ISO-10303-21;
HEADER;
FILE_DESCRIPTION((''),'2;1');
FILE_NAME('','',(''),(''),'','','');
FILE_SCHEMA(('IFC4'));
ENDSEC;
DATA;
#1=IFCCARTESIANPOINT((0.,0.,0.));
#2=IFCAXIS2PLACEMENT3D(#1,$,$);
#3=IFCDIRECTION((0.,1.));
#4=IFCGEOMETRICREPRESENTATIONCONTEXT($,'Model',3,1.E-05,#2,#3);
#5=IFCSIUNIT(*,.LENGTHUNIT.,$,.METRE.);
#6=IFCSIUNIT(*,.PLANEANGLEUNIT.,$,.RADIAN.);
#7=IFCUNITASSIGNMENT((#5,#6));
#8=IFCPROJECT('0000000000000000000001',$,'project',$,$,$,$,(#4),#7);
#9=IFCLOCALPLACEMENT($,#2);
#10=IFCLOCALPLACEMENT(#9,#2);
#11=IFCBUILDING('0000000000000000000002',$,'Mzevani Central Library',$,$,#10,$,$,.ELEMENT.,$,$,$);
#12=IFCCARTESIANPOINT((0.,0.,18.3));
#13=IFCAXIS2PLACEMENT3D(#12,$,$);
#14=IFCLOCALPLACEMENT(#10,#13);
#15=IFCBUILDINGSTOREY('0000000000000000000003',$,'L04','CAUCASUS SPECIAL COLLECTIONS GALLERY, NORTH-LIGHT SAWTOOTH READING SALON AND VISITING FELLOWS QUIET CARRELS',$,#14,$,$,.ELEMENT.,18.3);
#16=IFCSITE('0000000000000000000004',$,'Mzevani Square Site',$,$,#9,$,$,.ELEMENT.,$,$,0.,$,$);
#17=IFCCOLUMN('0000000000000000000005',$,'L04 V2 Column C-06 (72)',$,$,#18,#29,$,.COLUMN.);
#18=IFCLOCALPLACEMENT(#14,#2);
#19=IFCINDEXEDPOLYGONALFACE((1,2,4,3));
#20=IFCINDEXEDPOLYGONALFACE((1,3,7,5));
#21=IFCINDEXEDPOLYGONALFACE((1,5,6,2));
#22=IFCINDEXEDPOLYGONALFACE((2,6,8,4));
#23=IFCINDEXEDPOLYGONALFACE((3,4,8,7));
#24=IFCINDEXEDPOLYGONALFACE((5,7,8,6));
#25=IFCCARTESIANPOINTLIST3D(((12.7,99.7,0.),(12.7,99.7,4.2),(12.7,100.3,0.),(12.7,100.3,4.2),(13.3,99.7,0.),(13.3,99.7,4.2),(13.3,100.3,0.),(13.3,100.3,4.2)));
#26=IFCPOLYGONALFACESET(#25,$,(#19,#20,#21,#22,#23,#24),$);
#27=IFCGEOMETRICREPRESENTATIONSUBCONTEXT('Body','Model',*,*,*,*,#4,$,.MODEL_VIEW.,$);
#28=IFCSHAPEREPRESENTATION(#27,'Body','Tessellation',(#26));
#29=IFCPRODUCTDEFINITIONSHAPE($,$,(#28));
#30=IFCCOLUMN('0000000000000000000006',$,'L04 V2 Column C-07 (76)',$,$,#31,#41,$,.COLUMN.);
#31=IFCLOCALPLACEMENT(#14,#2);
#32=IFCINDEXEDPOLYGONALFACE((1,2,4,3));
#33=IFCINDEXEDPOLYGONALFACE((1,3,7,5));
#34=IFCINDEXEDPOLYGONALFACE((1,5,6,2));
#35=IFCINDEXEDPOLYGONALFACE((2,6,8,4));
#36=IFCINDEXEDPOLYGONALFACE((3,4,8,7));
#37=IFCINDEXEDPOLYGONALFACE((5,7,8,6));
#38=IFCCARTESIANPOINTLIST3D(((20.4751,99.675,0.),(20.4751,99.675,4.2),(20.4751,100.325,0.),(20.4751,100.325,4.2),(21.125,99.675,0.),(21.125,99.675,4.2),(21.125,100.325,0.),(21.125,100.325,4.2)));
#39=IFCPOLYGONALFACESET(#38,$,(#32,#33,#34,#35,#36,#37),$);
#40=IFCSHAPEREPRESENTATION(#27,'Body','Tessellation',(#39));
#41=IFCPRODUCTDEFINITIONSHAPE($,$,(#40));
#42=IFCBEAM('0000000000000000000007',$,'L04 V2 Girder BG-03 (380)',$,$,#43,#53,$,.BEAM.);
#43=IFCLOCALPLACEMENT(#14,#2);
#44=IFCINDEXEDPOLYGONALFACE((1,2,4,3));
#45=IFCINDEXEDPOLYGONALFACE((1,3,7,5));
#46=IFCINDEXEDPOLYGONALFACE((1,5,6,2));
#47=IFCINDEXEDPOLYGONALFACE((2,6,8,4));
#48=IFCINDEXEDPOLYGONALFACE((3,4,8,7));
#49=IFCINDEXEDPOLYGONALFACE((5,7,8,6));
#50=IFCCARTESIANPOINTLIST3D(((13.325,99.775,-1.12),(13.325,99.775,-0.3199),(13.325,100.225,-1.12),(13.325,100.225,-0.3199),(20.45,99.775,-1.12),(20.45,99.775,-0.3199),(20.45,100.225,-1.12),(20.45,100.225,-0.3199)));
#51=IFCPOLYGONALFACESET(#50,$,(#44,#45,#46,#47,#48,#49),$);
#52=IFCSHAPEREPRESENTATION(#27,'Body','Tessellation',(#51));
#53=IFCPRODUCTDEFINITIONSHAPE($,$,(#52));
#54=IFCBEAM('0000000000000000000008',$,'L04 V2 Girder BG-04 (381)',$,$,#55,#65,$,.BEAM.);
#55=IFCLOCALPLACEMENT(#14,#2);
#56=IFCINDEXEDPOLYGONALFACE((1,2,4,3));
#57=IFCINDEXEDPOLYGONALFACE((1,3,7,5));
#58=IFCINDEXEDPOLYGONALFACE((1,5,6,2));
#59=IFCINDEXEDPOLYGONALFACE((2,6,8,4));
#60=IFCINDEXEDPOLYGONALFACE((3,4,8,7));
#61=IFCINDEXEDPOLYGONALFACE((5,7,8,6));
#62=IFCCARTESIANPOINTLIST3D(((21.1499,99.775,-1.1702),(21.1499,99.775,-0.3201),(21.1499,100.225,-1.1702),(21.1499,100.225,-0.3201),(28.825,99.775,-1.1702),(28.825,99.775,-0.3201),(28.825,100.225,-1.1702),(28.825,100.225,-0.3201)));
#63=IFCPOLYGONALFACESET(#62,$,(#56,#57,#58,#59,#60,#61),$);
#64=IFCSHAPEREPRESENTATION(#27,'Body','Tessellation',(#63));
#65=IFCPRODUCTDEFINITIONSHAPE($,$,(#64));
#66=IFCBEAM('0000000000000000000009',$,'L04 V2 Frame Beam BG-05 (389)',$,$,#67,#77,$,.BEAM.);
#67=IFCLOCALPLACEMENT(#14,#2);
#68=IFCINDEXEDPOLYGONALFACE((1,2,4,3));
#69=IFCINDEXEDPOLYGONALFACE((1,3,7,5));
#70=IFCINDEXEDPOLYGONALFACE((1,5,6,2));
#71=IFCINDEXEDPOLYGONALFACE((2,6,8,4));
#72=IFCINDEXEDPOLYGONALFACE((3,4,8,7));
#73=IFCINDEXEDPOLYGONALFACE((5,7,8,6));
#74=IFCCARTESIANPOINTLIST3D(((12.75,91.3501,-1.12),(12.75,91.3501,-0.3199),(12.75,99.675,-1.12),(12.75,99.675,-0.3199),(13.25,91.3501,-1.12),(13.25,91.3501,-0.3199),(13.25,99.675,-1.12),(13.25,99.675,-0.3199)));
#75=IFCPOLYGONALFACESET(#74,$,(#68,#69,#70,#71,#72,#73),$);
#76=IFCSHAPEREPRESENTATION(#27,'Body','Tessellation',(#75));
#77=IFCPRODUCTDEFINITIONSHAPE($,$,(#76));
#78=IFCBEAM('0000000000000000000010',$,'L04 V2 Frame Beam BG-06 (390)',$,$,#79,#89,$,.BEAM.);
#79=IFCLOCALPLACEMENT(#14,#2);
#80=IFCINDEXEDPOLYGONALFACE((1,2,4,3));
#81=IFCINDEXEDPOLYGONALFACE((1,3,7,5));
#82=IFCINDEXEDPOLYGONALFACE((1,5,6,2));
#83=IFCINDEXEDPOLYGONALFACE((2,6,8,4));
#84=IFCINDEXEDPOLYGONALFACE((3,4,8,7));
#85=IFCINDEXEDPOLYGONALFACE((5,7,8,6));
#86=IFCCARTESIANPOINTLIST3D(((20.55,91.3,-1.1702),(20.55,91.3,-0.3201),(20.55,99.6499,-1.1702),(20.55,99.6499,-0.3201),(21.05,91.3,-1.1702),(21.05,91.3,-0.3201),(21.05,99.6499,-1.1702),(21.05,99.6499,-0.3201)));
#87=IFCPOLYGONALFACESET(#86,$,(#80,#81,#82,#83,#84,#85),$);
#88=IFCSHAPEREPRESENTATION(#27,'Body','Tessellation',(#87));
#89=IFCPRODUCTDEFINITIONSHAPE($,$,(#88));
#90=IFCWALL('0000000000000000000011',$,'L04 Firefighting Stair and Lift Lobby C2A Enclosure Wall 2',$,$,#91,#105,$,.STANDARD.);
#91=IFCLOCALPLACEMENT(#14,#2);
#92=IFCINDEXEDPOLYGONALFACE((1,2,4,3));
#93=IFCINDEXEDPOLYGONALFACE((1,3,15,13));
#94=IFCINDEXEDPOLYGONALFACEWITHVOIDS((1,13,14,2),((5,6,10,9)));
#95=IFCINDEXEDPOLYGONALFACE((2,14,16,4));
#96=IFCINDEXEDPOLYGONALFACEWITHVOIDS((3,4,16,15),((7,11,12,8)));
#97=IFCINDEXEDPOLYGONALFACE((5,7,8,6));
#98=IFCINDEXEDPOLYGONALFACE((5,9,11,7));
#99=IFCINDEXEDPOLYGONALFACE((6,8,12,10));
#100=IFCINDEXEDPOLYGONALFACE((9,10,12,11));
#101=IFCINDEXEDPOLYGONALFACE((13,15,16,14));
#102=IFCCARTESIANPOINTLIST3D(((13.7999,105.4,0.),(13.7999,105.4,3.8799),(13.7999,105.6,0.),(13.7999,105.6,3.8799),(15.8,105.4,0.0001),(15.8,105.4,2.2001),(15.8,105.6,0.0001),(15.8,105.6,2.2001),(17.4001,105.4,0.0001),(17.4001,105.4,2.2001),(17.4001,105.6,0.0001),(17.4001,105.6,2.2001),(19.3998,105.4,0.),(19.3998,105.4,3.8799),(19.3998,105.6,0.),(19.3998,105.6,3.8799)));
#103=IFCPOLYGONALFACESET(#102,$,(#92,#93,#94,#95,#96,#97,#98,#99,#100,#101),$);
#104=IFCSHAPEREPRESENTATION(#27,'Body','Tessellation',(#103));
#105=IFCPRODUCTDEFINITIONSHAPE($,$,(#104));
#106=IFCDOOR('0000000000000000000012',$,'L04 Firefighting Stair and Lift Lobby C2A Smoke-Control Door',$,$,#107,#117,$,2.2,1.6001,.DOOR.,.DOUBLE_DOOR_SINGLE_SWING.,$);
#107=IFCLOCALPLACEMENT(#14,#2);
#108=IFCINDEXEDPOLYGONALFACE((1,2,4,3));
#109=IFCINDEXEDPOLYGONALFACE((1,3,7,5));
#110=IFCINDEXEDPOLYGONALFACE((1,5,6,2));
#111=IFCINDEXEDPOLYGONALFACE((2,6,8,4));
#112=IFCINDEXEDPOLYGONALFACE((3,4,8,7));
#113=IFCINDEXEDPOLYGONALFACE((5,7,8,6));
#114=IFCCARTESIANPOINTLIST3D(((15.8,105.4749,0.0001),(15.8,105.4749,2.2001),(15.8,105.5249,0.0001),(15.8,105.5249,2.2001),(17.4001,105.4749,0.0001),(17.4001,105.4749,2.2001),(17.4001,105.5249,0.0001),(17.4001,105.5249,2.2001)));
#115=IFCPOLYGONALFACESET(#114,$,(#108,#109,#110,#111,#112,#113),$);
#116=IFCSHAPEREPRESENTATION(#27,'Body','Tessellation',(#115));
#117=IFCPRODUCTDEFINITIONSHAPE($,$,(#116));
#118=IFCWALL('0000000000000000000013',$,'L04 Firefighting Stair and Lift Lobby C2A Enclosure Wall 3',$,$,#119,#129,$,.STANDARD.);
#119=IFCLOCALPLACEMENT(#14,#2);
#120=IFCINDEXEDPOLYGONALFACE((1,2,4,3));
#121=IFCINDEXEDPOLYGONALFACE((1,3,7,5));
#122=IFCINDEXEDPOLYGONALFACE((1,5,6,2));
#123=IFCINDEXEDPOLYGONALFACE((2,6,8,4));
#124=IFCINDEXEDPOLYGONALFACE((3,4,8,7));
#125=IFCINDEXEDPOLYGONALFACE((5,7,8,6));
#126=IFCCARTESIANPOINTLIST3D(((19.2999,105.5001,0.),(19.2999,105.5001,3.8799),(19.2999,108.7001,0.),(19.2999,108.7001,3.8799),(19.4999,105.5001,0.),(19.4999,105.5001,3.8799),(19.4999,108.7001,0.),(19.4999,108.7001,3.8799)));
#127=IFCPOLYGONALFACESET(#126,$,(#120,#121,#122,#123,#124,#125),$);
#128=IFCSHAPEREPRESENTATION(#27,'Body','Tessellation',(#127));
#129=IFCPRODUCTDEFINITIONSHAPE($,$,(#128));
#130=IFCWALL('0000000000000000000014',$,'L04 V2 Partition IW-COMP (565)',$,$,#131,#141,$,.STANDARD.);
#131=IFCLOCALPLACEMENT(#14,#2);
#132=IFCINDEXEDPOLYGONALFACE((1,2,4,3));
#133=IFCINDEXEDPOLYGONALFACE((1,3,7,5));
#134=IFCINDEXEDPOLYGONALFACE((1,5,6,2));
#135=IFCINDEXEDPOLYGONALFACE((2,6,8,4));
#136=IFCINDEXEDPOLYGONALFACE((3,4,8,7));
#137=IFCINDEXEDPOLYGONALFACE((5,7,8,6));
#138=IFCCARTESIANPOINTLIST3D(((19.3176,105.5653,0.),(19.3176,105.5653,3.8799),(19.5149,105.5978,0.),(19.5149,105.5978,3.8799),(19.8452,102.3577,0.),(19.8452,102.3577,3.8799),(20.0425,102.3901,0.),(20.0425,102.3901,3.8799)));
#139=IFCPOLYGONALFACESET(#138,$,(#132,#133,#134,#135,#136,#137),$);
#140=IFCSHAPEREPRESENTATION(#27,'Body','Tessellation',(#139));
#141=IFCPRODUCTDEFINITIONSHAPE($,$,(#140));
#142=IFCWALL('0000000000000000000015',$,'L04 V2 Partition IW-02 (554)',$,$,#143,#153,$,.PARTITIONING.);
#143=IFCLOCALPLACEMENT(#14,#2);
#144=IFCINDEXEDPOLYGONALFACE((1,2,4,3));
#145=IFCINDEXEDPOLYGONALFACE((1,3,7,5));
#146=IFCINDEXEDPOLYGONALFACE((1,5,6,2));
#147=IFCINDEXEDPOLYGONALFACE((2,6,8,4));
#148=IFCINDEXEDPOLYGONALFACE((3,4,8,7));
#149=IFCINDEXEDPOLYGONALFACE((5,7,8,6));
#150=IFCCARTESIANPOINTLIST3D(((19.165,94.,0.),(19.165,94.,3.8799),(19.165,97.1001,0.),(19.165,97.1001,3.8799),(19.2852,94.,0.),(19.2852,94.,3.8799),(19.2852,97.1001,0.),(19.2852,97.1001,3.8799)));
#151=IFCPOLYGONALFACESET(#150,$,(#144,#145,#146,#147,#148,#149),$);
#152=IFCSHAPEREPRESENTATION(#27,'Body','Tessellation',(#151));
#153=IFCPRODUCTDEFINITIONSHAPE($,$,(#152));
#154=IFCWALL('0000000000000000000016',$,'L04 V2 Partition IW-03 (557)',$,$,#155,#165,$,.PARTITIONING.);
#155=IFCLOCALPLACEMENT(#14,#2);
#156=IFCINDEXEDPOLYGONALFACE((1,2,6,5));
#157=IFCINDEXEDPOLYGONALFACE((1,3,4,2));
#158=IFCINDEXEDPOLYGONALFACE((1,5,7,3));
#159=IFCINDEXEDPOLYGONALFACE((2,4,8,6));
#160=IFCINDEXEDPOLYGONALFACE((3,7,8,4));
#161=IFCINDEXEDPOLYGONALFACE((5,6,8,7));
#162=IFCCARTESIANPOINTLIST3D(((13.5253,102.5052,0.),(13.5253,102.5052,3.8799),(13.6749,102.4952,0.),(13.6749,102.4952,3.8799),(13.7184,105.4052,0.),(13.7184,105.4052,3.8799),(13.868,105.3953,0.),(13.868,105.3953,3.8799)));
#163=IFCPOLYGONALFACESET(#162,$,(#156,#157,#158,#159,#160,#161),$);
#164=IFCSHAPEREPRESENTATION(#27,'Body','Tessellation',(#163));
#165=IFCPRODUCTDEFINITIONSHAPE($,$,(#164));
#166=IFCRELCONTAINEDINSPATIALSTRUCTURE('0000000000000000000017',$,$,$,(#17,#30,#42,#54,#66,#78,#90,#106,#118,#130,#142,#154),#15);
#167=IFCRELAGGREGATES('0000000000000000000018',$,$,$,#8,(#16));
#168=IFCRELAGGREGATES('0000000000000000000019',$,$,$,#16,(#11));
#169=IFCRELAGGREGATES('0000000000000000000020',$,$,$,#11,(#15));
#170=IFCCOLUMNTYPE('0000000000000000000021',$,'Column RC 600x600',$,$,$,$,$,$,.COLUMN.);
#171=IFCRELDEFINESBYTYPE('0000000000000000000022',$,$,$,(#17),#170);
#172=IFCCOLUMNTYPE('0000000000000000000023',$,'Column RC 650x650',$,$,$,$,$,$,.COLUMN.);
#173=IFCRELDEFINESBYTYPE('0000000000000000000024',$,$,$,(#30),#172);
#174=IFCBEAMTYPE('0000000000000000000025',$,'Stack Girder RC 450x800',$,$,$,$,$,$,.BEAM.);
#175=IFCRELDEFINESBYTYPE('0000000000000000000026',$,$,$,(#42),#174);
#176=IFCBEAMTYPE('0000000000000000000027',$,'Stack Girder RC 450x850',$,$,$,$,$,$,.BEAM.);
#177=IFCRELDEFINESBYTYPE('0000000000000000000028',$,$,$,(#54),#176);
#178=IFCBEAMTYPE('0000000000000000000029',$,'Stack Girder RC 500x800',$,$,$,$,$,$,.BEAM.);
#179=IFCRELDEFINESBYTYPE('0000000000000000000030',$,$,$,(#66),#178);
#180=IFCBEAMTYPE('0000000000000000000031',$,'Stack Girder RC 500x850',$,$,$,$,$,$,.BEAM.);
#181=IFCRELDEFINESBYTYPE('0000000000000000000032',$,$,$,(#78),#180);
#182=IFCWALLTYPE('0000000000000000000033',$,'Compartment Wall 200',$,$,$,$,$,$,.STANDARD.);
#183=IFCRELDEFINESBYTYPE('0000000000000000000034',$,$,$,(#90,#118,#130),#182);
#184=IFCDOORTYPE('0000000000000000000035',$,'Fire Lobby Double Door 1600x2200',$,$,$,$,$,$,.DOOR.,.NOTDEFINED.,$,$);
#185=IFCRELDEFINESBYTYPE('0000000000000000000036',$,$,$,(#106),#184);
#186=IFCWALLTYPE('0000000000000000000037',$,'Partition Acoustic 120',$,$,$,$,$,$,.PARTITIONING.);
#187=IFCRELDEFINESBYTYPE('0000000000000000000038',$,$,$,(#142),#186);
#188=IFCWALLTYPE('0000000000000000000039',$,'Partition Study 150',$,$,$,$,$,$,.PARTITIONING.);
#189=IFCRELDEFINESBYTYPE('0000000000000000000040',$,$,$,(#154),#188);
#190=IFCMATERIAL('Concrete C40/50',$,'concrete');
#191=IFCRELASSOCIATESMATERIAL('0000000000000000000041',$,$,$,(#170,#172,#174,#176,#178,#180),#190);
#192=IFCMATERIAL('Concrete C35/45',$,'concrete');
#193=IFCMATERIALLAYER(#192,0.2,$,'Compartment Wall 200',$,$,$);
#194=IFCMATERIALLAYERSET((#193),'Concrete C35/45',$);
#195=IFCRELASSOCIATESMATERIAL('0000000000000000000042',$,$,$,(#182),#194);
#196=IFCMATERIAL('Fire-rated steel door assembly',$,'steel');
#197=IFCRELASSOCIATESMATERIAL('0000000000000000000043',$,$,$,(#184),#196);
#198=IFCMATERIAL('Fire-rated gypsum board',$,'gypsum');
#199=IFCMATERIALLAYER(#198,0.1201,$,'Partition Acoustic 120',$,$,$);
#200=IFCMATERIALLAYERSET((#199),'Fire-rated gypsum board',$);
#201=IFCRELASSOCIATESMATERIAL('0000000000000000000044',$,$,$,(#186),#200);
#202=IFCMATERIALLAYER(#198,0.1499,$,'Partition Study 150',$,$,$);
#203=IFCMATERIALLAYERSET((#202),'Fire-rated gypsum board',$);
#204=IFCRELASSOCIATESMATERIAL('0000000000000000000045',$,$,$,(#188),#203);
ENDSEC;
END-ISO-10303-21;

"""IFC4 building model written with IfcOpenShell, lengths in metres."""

from ifc_helpers import new_model, si_unit, direction, frame, frame_2d, origin, origin_2d, place, context, subcontext, project, spatial, rectangle, extrude, material, layer, layer_set, material_profile, profile_set, type_object, element, fill, save


model = new_model("IFC4")

# Units and contexts
model_context = context("Model", 3, precision=1e-05, world=origin(), true_north=direction((0.0, 1.0)))
body_context = subcontext(model_context, "Body", "Model", "MODEL_VIEW")
ifc_project = project(units=[si_unit("LENGTHUNIT", "METRE"), si_unit("PLANEANGLEUNIT", "RADIAN")], contexts=[model_context])

# Site, building, storey
site_placement = place(None, origin())
site = spatial("IfcSite", under=ifc_project, at=site_placement, Name="Mzevani Square Site", CompositionType="ELEMENT", RefElevation=0.0)
building_placement = place(site_placement, origin())
building = spatial("IfcBuilding", under=site, at=building_placement, Name="Mzevani Central Library", CompositionType="ELEMENT")
storey_placement = place(building_placement, frame((0.0, 0.0, 18.3)))
storey = spatial("IfcBuildingStorey", under=building, at=storey_placement, Name="L04", Description="CAUCASUS SPECIAL COLLECTIONS GALLERY, NORTH-LIGHT SAWTOOTH READING SALON AND VISITING FELLOWS QUIET CARRELS", CompositionType="ELEMENT", Elevation=18.3)

# Columns
ifc_material_1 = material(Name="Concrete C40/50", Category="concrete")
ifc_material_profile_1 = material_profile(ifc_material_1, rectangle(XDim=0.6001, YDim=0.6001, at=origin_2d()), Name="RC 600x600")
ifc_profile_set_1 = profile_set([ifc_material_profile_1], Name="Concrete C40/50")
column_type_1 = type_object("IfcColumnType", Name="Column RC 600x600", PredefinedType="COLUMN", material=ifc_profile_set_1)
column_1_placement = place(storey_placement, frame((13.0, 100.0, 0.0), z_axis=(0.0, 0.0, 1.0), x_axis=(1.0, 0.0, 0.0)))
element("IfcColumn", 1, at=column_1_placement, inside=storey, type_object=column_type_1, Name="L04 V2 Column C-06 (72)", PredefinedType="COLUMN", context=body_context, shape_type="SweptSolid", body=[
    extrude(rectangle(XDim=0.6001, YDim=0.6001, at=origin_2d()), origin(), (0.0, 0.0, 1.0), 4.2),
])
ifc_material_profile_2 = material_profile(ifc_material_1, rectangle(XDim=0.6499, YDim=0.6499, at=origin_2d()), Name="RC 650x650")
ifc_profile_set_2 = profile_set([ifc_material_profile_2], Name="Concrete C40/50")
column_type_2 = type_object("IfcColumnType", Name="Column RC 650x650", PredefinedType="COLUMN", material=ifc_profile_set_2)
column_2_placement = place(storey_placement, frame((20.8, 100.0, 0.0), z_axis=(0.0, 0.0, 1.0), x_axis=(1.0, 0.0, 0.0)))
element("IfcColumn", 2, at=column_2_placement, inside=storey, type_object=column_type_2, Name="L04 V2 Column C-07 (76)", PredefinedType="COLUMN", context=body_context, shape_type="SweptSolid", body=[
    extrude(rectangle(XDim=0.6499, YDim=0.6499, at=origin_2d()), origin(), (0.0, 0.0, 1.0), 4.2),
])

# Beams
ifc_material_profile_3 = material_profile(ifc_material_1, rectangle(XDim=0.45, YDim=0.8, at=origin_2d()), Name="RC B450x800")
ifc_profile_set_3 = profile_set([ifc_material_profile_3], Name="Concrete C40/50")
beam_type_1 = type_object("IfcBeamType", Name="Stack Girder RC 450x800", PredefinedType="BEAM", material=ifc_profile_set_3)
beam_1_placement = place(storey_placement, frame((13.325, 100.0, -0.72), z_axis=(1.0, 0.0, 0.0), x_axis=(0.0, 1.0, 0.0)))
element("IfcBeam", 3, at=beam_1_placement, inside=storey, type_object=beam_type_1, Name="L04 V2 Girder BG-03 (380)", PredefinedType="BEAM", context=body_context, shape_type="SweptSolid", body=[
    extrude(rectangle(XDim=0.45, YDim=0.8, at=origin_2d()), origin(), (0.0, 0.0, 1.0), 7.125),
])
ifc_material_profile_4 = material_profile(ifc_material_1, rectangle(XDim=0.45, YDim=0.8501, at=origin_2d()), Name="RC B450x850")
ifc_profile_set_4 = profile_set([ifc_material_profile_4], Name="Concrete C40/50")
beam_type_2 = type_object("IfcBeamType", Name="Stack Girder RC 450x850", PredefinedType="BEAM", material=ifc_profile_set_4)
beam_2_placement = place(storey_placement, frame((21.1499, 100.0, -0.7451), z_axis=(1.0, 0.0, 0.0), x_axis=(0.0, 1.0, 0.0)))
element("IfcBeam", 4, at=beam_2_placement, inside=storey, type_object=beam_type_2, Name="L04 V2 Girder BG-04 (381)", PredefinedType="BEAM", context=body_context, shape_type="SweptSolid", body=[
    extrude(rectangle(XDim=0.45, YDim=0.8501, at=origin_2d()), origin(), (0.0, 0.0, 1.0), 7.675),
])
ifc_material_profile_5 = material_profile(ifc_material_1, rectangle(XDim=0.5, YDim=0.8, at=origin_2d()), Name="RC B500x800")
ifc_profile_set_5 = profile_set([ifc_material_profile_5], Name="Concrete C40/50")
beam_type_3 = type_object("IfcBeamType", Name="Stack Girder RC 500x800", PredefinedType="BEAM", material=ifc_profile_set_5)
beam_3_placement = place(storey_placement, frame((13.0, 91.3501, -0.72), z_axis=(0.0, 1.0, 0.0), x_axis=(-1.0, 0.0, 0.0)))
element("IfcBeam", 5, at=beam_3_placement, inside=storey, type_object=beam_type_3, Name="L04 V2 Frame Beam BG-05 (389)", PredefinedType="BEAM", context=body_context, shape_type="SweptSolid", body=[
    extrude(rectangle(XDim=0.5, YDim=0.8, at=origin_2d()), origin(), (0.0, 0.0, 1.0), 8.325),
])
ifc_material_profile_6 = material_profile(ifc_material_1, rectangle(XDim=0.5, YDim=0.8501, at=origin_2d()), Name="RC B500x850")
ifc_profile_set_6 = profile_set([ifc_material_profile_6], Name="Concrete C40/50")
beam_type_4 = type_object("IfcBeamType", Name="Stack Girder RC 500x850", PredefinedType="BEAM", material=ifc_profile_set_6)
beam_4_placement = place(storey_placement, frame((20.8, 91.3, -0.7451), z_axis=(0.0, 1.0, 0.0), x_axis=(-1.0, 0.0, 0.0)))
element("IfcBeam", 6, at=beam_4_placement, inside=storey, type_object=beam_type_4, Name="L04 V2 Frame Beam BG-06 (390)", PredefinedType="BEAM", context=body_context, shape_type="SweptSolid", body=[
    extrude(rectangle(XDim=0.5, YDim=0.8501, at=origin_2d()), origin(), (0.0, 0.0, 1.0), 8.3499),
])

# Wall, opening, door
ifc_material_2 = material(Name="Concrete C35/45", Category="concrete")
ifc_layer_1 = layer(ifc_material_2, 0.2, Name="Compartment Wall 200")
ifc_layer_set_1 = layer_set([ifc_layer_1], Name="Concrete C35/45")
wall_type_1 = type_object("IfcWallType", Name="Compartment Wall 200", PredefinedType="STANDARD", material=ifc_layer_set_1)
wall_1_placement = place(storey_placement, frame((13.8, 105.5, 0.0), z_axis=(0.0, 0.0, 1.0), x_axis=(1.0, 0.0, 0.0)))
wall_1 = element("IfcWall", 7, at=wall_1_placement, inside=storey, type_object=wall_type_1, Name="L04 Firefighting Stair and Lift Lobby C2A Enclosure Wall 2", PredefinedType="STANDARD", context=body_context, shape_type="SweptSolid", body=[
    extrude(rectangle(XDim=5.5999, YDim=0.2, at=frame_2d((2.7998, 0.0))), origin(), (0.0, 0.0, 1.0), 3.8799),
])
opening_1_placement = place(wall_1_placement, frame((2.0, 0.0, 0.0)))
opening_1 = element("IfcOpeningElement", 8, at=opening_1_placement, cuts=wall_1, PredefinedType="OPENING", context=body_context, shape_type="SweptSolid", body=[
    extrude(rectangle(XDim=1.6001, YDim=2.2, at=frame_2d((0.8, 1.1001))), frame((0.0, 0.1099, 0.0), z_axis=(0.0, -1.0, 0.0), x_axis=(1.0, 0.0, 0.0)), (0.0, 0.0, 1.0), 0.22),
])
ifc_material_3 = material(Name="Fire-rated steel door assembly", Category="steel")
door_type_1 = type_object("IfcDoorType", Name="Fire Lobby Double Door 1600x2200", OperationType="NOTDEFINED", PredefinedType="DOOR", material=ifc_material_3)
door_1_placement = place(opening_1_placement, origin())
door_1 = element("IfcDoor", 9, at=door_1_placement, inside=storey, type_object=door_type_1, Name="L04 Firefighting Stair and Lift Lobby C2A Smoke-Control Door", OperationType="DOUBLE_DOOR_SINGLE_SWING", OverallHeight=2.2, OverallWidth=1.6001, PredefinedType="DOOR", context=body_context, shape_type="SweptSolid", body=[
    extrude(rectangle(XDim=1.6001, YDim=2.2, at=frame_2d((0.8, 1.1001))), frame((0.0, 0.0249, 0.0), z_axis=(0.0, -1.0, 0.0), x_axis=(1.0, 0.0, 0.0)), (0.0, 0.0, 1.0), 0.05),
])
fill(opening_1, door_1)

# Walls
wall_2_placement = place(storey_placement, frame((19.3999, 105.5, 0.0), z_axis=(0.0, 0.0, 1.0), x_axis=(0.0, 1.0, 0.0)))
element("IfcWall", 10, at=wall_2_placement, inside=storey, type_object=wall_type_1, Name="L04 Firefighting Stair and Lift Lobby C2A Enclosure Wall 3", PredefinedType="STANDARD", context=body_context, shape_type="SweptSolid", body=[
    extrude(rectangle(XDim=3.2, YDim=0.2, at=frame_2d((1.6001, 0.0))), origin(), (0.0, 0.0, 1.0), 3.8799),
])
wall_3_placement = place(storey_placement, frame((19.9438, 102.3738, 0.0), z_axis=(0.0, 0.0, 1.0), x_axis=(-0.162304, 0.986741, 0.0)))
element("IfcWall", 11, at=wall_3_placement, inside=storey, type_object=wall_type_1, Name="L04 V2 Partition IW-COMP (565)", PredefinedType="STANDARD", context=body_context, shape_type="SweptSolid", body=[
    extrude(rectangle(XDim=3.2507, YDim=0.2, at=frame_2d((1.6255, 0.0))), origin(), (0.0, 0.0, 1.0), 3.8799),
])
ifc_material_4 = material(Name="Fire-rated gypsum board", Category="gypsum")
ifc_layer_2 = layer(ifc_material_4, 0.1201, Name="Partition Acoustic 120")
ifc_layer_set_2 = layer_set([ifc_layer_2], Name="Fire-rated gypsum board")
wall_type_2 = type_object("IfcWallType", Name="Partition Acoustic 120", PredefinedType="PARTITIONING", material=ifc_layer_set_2)
wall_4_placement = place(storey_placement, frame((19.2251, 94.0, 0.0), z_axis=(0.0, 0.0, 1.0), x_axis=(0.0, 1.0, 0.0)))
element("IfcWall", 12, at=wall_4_placement, inside=storey, type_object=wall_type_2, Name="L04 V2 Partition IW-02 (554)", PredefinedType="PARTITIONING", context=body_context, shape_type="SweptSolid", body=[
    extrude(rectangle(XDim=3.1001, YDim=0.1201, at=frame_2d((1.55, 0.0))), origin(), (0.0, 0.0, 1.0), 3.8799),
])

# Wall
ifc_layer_3 = layer(ifc_material_4, 0.1499, Name="Partition Study 150")
ifc_layer_set_3 = layer_set([ifc_layer_3], Name="Fire-rated gypsum board")
wall_type_3 = type_object("IfcWallType", Name="Partition Study 150", PredefinedType="PARTITIONING", material=ifc_layer_set_3)
wall_5_placement = place(storey_placement, frame((13.7932, 105.4001, 0.0), z_axis=(0.0, 0.0, 1.0), x_axis=(-0.066441, -0.99779, 0.0)))
element("IfcWall", 13, at=wall_5_placement, inside=storey, type_object=wall_type_3, Name="L04 V2 Partition IW-03 (557)", PredefinedType="PARTITIONING", context=body_context, shape_type="SweptSolid", body=[
    extrude(rectangle(XDim=2.9065, YDim=0.1499, at=frame_2d((1.4531, 0.0))), origin(), (0.0, 0.0, 1.0), 3.8799),
])

save(model, "model.ifc")
